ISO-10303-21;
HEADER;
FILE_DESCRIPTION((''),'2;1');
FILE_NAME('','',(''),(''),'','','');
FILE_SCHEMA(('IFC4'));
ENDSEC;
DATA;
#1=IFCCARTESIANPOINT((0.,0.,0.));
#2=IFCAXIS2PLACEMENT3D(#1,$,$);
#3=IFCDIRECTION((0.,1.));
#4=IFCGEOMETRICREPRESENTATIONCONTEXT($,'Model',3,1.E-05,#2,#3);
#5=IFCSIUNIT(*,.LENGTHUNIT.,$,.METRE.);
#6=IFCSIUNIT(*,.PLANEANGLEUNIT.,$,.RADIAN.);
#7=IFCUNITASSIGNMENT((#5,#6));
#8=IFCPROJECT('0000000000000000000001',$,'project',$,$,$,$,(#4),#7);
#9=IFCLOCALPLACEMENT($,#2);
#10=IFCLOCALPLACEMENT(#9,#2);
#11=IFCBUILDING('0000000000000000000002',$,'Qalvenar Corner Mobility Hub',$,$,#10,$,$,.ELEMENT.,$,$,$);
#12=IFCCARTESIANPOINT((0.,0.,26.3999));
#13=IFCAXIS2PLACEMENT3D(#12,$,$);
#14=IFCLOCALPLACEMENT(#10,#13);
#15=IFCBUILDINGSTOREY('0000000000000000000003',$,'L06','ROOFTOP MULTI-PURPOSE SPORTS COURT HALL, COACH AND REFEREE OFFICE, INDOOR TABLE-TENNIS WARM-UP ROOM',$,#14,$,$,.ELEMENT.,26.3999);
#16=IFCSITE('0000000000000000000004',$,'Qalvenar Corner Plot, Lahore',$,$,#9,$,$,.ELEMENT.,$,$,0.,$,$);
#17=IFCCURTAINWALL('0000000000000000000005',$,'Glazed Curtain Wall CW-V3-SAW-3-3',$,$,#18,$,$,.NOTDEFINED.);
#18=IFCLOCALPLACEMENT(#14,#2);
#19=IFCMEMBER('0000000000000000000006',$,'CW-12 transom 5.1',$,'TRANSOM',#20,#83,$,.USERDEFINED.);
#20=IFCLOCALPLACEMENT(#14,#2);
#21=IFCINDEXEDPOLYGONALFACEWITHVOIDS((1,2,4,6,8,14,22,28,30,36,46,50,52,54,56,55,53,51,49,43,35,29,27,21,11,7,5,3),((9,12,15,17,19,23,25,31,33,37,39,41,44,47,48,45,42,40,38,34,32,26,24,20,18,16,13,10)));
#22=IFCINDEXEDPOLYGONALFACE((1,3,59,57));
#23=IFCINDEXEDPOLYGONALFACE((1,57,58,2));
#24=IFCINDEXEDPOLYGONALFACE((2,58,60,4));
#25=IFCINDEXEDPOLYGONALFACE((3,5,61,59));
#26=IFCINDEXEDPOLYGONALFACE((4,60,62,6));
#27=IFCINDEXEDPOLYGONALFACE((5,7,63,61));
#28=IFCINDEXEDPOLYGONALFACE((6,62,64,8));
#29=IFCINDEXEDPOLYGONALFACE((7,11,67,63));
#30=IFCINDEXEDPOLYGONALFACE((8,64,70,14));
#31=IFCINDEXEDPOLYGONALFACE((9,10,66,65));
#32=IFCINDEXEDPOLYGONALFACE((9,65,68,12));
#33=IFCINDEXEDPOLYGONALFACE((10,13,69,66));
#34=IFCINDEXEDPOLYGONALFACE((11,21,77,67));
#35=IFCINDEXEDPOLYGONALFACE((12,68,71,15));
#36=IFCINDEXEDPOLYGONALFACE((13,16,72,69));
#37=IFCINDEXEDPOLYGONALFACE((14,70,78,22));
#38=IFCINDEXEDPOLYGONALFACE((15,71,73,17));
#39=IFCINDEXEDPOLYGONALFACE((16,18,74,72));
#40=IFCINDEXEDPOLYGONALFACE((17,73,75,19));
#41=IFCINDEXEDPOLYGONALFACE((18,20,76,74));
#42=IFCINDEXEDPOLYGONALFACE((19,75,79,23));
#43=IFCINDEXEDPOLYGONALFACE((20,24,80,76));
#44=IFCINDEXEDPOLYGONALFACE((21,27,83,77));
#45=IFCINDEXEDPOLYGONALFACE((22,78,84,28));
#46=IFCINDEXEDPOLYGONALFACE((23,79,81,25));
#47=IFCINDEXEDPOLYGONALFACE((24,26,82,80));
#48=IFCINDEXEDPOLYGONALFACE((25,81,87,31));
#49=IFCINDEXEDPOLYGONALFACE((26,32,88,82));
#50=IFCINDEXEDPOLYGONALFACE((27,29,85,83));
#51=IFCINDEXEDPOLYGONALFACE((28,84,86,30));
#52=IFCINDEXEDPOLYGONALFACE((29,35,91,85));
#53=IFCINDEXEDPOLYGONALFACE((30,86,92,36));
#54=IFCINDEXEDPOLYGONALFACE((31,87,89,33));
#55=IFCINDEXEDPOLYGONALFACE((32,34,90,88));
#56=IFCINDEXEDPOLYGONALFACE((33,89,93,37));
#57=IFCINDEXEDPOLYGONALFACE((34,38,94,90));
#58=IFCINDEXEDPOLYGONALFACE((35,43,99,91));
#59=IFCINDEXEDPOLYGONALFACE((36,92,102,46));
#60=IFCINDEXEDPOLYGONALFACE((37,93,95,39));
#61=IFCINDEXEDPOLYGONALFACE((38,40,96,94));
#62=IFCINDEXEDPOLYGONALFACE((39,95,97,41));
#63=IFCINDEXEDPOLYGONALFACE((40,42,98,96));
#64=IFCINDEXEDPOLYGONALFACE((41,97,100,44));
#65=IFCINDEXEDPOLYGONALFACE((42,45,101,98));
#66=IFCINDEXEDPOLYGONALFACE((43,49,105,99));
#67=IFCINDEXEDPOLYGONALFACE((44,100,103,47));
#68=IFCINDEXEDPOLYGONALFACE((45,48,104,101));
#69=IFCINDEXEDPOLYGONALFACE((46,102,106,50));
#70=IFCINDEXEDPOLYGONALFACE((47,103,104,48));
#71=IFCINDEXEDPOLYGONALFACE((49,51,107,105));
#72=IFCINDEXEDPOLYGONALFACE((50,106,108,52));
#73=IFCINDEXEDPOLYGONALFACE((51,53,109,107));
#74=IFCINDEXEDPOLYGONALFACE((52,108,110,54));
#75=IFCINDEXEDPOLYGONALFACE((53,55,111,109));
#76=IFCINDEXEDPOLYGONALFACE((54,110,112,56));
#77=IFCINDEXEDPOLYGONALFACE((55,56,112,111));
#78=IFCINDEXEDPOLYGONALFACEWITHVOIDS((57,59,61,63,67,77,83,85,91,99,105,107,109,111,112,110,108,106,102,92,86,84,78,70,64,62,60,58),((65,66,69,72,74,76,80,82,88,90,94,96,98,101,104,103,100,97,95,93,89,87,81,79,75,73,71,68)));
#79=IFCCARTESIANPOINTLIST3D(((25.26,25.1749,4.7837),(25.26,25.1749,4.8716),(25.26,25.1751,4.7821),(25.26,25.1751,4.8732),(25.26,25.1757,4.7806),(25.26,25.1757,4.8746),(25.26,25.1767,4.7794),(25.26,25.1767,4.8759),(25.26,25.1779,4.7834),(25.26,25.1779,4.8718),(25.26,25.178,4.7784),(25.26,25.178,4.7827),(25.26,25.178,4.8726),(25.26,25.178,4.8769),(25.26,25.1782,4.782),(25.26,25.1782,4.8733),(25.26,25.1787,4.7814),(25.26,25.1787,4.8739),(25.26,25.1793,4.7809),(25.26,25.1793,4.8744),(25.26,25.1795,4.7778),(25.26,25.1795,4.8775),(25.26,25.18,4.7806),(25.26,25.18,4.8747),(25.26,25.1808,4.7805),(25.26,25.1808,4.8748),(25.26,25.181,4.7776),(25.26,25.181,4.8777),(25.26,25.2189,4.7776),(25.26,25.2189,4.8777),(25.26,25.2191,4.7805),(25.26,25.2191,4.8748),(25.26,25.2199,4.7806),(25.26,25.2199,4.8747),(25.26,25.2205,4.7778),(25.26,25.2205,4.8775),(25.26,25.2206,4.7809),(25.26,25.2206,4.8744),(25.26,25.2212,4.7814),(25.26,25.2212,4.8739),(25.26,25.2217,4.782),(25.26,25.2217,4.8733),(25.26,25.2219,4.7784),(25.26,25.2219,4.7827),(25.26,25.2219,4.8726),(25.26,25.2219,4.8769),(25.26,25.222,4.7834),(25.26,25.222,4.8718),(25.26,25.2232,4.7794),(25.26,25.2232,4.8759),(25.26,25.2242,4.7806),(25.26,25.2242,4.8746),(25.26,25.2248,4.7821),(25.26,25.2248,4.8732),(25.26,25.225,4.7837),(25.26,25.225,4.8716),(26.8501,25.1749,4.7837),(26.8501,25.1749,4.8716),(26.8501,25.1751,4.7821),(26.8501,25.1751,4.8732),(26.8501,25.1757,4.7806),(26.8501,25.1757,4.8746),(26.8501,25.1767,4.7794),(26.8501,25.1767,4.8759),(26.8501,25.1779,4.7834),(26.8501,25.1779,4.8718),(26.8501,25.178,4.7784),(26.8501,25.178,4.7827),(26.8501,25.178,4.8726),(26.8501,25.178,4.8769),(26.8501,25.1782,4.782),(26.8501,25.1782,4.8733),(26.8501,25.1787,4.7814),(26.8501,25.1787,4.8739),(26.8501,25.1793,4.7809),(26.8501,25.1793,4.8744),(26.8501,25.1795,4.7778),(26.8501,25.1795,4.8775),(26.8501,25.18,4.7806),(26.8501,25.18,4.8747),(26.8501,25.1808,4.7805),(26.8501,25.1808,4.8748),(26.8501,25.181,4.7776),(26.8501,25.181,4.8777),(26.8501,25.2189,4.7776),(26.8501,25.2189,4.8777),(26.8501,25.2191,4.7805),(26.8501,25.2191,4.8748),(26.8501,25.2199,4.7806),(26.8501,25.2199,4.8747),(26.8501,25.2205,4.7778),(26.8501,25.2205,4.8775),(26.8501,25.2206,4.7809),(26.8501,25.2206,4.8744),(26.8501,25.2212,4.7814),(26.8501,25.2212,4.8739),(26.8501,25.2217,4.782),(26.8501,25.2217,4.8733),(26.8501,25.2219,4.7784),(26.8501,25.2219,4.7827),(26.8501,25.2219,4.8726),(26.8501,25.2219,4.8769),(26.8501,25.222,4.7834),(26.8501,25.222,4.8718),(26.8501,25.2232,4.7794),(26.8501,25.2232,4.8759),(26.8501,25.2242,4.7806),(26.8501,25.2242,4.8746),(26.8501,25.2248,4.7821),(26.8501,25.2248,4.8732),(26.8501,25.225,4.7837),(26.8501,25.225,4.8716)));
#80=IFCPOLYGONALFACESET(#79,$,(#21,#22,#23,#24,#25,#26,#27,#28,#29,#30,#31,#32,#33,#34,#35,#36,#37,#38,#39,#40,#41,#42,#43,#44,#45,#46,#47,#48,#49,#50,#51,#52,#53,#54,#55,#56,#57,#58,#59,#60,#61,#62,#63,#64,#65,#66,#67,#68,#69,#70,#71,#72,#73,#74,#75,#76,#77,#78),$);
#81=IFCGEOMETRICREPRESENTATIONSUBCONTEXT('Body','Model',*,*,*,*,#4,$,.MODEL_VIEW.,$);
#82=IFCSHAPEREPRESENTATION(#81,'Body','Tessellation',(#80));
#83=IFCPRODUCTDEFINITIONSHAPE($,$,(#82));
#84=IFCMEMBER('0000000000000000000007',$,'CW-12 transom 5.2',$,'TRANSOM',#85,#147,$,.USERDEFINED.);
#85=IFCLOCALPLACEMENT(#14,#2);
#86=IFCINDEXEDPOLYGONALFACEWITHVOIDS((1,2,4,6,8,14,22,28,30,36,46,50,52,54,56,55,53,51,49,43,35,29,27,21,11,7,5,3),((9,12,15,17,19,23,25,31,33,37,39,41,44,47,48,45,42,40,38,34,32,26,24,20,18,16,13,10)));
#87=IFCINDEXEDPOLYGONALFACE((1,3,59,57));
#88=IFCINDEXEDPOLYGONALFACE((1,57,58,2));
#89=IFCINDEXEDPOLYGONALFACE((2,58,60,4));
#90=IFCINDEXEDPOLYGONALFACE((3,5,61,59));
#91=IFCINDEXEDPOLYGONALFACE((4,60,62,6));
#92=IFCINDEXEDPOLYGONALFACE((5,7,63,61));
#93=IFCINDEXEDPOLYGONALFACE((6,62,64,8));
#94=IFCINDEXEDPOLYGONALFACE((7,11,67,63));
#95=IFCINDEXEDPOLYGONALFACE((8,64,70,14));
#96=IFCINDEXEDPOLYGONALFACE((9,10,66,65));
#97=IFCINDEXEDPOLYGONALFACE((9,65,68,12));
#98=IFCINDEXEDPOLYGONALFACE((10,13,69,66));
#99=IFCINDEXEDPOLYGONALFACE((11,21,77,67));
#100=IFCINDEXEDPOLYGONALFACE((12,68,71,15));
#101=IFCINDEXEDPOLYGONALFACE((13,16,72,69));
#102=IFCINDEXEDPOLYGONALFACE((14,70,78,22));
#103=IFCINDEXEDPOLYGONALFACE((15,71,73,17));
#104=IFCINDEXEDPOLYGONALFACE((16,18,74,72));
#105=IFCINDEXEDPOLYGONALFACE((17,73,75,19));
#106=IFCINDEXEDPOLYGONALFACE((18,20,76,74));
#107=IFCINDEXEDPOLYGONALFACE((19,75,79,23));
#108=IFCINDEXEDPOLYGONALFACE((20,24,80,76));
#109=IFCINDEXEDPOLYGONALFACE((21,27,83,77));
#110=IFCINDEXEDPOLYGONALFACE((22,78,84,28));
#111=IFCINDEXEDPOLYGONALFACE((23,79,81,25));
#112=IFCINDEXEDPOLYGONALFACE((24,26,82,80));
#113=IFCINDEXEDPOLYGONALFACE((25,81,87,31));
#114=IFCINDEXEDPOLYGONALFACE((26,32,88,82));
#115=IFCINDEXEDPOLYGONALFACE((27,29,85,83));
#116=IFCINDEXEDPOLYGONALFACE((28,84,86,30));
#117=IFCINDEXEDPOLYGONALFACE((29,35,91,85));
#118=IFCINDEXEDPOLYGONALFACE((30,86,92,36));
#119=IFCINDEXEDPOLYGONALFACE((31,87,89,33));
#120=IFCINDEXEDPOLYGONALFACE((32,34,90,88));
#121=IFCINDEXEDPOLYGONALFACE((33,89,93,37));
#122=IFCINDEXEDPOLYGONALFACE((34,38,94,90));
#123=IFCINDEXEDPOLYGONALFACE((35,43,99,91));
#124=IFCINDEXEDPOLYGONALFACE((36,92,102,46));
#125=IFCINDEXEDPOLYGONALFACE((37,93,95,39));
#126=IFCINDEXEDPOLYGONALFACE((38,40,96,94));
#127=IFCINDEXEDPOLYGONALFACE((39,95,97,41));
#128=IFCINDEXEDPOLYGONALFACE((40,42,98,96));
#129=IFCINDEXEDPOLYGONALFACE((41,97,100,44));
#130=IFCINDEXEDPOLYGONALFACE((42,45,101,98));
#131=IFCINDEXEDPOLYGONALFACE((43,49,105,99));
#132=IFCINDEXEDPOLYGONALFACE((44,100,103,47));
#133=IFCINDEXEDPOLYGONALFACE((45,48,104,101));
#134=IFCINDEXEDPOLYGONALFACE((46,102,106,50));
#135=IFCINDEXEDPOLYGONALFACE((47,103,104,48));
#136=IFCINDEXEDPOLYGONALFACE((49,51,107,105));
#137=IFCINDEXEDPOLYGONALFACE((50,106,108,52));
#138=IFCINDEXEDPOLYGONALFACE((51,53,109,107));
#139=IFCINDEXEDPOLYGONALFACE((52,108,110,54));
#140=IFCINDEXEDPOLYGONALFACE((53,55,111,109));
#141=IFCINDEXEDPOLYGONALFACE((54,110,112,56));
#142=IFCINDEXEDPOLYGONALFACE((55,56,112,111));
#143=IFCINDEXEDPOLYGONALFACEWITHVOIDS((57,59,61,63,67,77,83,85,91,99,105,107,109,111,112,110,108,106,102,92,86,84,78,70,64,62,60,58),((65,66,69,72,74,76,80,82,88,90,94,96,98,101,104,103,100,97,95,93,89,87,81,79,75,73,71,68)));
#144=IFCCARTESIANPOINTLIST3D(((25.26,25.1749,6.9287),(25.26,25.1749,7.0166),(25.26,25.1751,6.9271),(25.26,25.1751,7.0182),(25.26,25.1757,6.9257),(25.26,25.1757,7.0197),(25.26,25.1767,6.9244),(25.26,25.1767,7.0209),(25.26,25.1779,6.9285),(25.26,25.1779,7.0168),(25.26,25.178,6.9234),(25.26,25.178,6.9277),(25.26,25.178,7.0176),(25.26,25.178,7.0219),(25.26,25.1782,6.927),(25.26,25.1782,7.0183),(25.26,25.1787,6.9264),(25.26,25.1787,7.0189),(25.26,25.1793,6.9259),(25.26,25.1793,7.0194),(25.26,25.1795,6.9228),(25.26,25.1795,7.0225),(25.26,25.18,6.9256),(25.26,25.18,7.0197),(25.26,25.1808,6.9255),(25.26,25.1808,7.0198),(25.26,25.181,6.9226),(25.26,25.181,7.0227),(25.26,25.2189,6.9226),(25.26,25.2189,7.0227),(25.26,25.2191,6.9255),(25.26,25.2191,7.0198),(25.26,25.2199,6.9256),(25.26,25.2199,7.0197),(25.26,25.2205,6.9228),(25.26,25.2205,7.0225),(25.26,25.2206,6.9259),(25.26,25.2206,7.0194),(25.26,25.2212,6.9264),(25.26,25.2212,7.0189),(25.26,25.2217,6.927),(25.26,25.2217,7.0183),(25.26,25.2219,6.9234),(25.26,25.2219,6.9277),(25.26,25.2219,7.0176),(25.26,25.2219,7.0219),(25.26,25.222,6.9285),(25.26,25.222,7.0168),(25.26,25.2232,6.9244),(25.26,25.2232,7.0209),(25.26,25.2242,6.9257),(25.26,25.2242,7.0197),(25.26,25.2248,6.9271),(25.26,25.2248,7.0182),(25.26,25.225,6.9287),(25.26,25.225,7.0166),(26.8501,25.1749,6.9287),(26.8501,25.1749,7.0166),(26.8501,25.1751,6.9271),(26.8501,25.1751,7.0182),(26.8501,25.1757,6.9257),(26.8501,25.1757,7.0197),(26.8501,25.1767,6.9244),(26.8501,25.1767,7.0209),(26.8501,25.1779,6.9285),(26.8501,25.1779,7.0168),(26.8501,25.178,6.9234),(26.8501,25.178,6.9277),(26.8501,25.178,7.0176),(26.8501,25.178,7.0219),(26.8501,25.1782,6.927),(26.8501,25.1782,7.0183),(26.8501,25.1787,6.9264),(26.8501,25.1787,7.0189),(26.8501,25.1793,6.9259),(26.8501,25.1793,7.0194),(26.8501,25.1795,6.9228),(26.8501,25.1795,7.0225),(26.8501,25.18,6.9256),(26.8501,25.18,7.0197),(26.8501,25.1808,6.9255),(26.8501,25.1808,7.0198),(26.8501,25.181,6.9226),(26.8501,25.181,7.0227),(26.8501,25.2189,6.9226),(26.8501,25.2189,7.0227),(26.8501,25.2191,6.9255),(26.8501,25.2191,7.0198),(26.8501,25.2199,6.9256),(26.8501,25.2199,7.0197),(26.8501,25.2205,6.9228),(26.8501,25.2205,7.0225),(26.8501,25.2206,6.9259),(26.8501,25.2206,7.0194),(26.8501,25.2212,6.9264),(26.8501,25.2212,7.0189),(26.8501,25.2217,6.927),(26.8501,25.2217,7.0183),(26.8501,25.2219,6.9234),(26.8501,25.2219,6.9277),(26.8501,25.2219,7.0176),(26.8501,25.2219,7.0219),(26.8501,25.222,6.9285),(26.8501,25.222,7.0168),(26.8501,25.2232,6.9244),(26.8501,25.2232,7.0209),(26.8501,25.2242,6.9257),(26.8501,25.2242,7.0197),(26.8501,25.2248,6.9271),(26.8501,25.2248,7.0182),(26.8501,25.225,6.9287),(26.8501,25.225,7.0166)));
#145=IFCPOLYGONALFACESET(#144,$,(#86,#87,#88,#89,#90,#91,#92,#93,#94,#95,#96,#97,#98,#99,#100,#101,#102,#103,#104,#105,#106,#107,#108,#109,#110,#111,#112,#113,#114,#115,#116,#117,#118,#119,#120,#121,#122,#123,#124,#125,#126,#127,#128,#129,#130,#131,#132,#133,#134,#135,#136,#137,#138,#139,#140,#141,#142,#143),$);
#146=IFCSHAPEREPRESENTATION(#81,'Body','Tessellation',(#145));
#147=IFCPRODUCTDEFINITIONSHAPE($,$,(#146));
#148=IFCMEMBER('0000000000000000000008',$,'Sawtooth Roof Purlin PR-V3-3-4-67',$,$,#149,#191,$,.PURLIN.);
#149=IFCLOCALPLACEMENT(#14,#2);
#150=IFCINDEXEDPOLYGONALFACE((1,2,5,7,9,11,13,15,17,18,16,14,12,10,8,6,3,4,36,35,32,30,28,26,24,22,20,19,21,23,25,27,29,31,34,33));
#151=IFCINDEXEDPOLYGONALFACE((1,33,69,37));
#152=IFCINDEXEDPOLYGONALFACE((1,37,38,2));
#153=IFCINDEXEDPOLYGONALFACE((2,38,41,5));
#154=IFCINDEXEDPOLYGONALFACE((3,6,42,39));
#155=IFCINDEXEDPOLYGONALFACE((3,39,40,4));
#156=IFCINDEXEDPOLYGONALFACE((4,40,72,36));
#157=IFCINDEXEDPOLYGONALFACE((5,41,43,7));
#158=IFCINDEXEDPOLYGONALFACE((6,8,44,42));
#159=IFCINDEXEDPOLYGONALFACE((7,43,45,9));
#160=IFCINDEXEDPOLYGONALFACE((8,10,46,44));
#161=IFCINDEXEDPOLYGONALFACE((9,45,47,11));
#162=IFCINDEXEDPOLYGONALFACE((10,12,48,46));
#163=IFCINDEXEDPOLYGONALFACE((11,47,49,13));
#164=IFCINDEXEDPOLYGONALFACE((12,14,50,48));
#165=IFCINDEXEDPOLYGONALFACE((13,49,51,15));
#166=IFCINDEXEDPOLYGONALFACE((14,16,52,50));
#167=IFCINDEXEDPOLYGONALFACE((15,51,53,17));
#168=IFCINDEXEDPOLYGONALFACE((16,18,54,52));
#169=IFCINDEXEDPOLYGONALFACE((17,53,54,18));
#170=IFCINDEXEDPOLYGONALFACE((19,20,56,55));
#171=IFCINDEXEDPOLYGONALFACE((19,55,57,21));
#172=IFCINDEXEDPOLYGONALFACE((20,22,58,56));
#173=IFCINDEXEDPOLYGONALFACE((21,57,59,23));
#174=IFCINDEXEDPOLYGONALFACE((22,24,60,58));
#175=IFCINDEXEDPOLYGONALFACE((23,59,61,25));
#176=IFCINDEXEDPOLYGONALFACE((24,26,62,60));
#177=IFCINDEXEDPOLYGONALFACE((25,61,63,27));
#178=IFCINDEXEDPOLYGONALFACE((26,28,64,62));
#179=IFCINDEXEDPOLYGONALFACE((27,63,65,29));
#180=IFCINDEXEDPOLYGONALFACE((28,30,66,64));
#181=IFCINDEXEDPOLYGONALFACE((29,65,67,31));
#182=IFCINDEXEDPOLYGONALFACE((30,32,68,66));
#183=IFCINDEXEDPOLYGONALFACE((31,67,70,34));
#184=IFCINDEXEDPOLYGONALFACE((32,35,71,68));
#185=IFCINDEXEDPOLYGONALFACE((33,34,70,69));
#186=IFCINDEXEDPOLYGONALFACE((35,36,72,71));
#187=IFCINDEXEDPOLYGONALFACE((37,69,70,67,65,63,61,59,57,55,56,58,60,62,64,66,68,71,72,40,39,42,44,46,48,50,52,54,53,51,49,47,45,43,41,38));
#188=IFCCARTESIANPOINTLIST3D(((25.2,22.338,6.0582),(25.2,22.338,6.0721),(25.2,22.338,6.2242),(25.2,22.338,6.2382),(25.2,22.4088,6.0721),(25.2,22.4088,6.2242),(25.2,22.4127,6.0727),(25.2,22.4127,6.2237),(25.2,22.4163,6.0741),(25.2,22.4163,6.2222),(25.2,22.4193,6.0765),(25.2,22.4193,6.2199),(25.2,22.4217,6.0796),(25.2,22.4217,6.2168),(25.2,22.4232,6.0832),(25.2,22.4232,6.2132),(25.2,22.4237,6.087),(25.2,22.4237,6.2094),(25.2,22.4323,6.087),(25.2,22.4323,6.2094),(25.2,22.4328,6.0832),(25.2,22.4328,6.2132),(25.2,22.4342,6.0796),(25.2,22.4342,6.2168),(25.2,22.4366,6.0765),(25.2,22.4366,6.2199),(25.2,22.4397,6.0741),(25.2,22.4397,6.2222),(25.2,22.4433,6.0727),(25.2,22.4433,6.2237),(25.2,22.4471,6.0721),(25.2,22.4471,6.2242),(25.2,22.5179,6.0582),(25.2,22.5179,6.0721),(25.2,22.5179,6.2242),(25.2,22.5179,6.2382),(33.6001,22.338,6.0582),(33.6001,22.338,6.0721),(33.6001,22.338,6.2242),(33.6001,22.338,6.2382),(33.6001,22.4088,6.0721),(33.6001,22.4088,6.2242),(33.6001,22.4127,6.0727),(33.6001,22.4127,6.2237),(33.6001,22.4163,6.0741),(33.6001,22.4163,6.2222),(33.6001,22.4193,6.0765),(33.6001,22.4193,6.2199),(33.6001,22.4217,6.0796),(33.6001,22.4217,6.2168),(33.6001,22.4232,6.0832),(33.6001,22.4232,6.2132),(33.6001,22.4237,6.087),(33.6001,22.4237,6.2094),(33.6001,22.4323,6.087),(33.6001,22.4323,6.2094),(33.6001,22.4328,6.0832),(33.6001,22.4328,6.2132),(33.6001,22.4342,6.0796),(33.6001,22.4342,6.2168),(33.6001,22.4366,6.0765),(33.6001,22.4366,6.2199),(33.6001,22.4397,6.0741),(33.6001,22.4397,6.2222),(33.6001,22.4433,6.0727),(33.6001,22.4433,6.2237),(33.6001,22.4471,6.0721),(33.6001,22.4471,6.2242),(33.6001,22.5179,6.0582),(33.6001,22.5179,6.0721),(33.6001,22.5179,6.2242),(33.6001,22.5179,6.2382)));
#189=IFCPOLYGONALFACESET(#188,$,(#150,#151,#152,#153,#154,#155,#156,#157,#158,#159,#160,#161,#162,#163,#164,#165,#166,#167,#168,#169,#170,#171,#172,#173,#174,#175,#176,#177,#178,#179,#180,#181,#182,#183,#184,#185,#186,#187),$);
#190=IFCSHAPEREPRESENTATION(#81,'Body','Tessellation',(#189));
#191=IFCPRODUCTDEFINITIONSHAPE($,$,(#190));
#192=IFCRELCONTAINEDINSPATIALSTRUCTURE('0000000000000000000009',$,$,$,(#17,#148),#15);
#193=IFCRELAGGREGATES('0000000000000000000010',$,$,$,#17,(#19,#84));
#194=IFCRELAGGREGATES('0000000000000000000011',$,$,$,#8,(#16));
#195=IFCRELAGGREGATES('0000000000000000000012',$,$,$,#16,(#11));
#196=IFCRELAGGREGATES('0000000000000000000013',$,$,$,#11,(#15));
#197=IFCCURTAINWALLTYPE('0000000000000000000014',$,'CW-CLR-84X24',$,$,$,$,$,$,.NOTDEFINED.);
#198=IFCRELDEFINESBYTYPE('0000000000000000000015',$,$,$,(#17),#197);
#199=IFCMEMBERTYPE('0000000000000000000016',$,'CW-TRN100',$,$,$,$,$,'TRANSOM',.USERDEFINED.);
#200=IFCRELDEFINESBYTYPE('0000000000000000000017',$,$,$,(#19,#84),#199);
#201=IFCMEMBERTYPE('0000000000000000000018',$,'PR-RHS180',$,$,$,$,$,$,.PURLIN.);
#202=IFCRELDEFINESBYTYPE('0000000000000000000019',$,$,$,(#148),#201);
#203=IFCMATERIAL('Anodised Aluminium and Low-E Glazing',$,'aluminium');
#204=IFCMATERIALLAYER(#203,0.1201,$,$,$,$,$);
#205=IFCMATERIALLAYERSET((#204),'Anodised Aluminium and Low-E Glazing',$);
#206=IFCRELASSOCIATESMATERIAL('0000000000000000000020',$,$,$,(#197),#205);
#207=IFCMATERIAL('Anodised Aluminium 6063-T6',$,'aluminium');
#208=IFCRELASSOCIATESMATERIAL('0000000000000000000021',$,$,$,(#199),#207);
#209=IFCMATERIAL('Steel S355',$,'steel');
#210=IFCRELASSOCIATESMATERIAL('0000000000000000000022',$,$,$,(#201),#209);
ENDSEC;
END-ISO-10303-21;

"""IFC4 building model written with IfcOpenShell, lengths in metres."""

from ifc_helpers import new_model, si_unit, direction, frame, origin, origin_2d, place, context, subcontext, project, spatial, hollow_rectangle, i_section, extrude, material, layer, layer_set, material_profile, profile_set, type_object, element, aggregate, save


model = new_model("IFC4")

# Units and contexts
model_context = context("Model", 3, precision=1e-05, world=origin(), true_north=direction((0.0, 1.0)))
body_context = subcontext(model_context, "Body", "Model", "MODEL_VIEW")
ifc_project = project(units=[si_unit("LENGTHUNIT", "METRE"), si_unit("PLANEANGLEUNIT", "RADIAN")], contexts=[model_context])

# Site, building, storey
site_placement = place(None, origin())
site = spatial("IfcSite", under=ifc_project, at=site_placement, Name="Qalvenar Corner Plot, Lahore", CompositionType="ELEMENT", RefElevation=0.0)
building_placement = place(site_placement, origin())
building = spatial("IfcBuilding", under=site, at=building_placement, Name="Qalvenar Corner Mobility Hub", CompositionType="ELEMENT")
storey_placement = place(building_placement, frame((0.0, 0.0, 26.3999)))
storey = spatial("IfcBuildingStorey", under=building, at=storey_placement, Name="L06", Description="ROOFTOP MULTI-PURPOSE SPORTS COURT HALL, COACH AND REFEREE OFFICE, INDOOR TABLE-TENNIS WARM-UP ROOM", CompositionType="ELEMENT", Elevation=26.3999)

# Shared definitions
ifc_material_1 = material(Name="Steel S355", Category="steel")

# Curtain wall
ifc_material_2 = material(Name="Anodised Aluminium and Low-E Glazing", Category="aluminium")
ifc_layer_1 = layer(ifc_material_2, 0.1201)
ifc_layer_set_1 = layer_set([ifc_layer_1], Name="Anodised Aluminium and Low-E Glazing")
curtain_wall_type = type_object("IfcCurtainWallType", Name="CW-CLR-84X24", PredefinedType="NOTDEFINED", material=ifc_layer_set_1)
ifc_material_3 = material(Name="Anodised Aluminium 6063-T6", Category="aluminium")
curtain_wall_1_placement = place(storey_placement, origin())
curtain_wall_1 = element("IfcCurtainWall", 1, at=curtain_wall_1_placement, inside=storey, type_object=curtain_wall_type, Name="Glazed Curtain Wall CW-V3-SAW-3-3", PredefinedType="NOTDEFINED")

# Members
ifc_material_profile_1 = material_profile(ifc_material_3, hollow_rectangle(XDim=0.05, YDim=0.1001, WallThickness=0.0029, InnerFilletRadius=0.0029, OuterFilletRadius=0.0061, at=origin_2d()), Name="RHS100x50x3")
ifc_profile_set_1 = profile_set([ifc_material_profile_1], Name="Anodised Aluminium 6063-T6")
member_type_1 = type_object("IfcMemberType", Name="CW-TRN100", ElementType="TRANSOM", PredefinedType="USERDEFINED", material=ifc_profile_set_1)
member_1_placement = place(storey_placement, frame((26.8501, 25.2, 4.8276), z_axis=(-1.0, 0.0, 0.0), x_axis=(0.0, -1.0, 0.0)))
member_1 = element("IfcMember", 2, at=member_1_placement, type_object=member_type_1, Name="CW-12 transom 5.1", ObjectType="TRANSOM", PredefinedType="USERDEFINED", context=body_context, shape_type="SweptSolid", body=[
    extrude(hollow_rectangle(XDim=0.05, YDim=0.1001, WallThickness=0.0029, InnerFilletRadius=0.0029, OuterFilletRadius=0.0061, at=origin_2d()), origin(), (0.0, 0.0, 1.0), 1.5901),
])
member_2_placement = place(storey_placement, frame((26.8501, 25.2, 6.9727), z_axis=(-1.0, 0.0, 0.0), x_axis=(0.0, -1.0, 0.0)))
member_2 = element("IfcMember", 3, at=member_2_placement, type_object=member_type_1, Name="CW-12 transom 5.2", ObjectType="TRANSOM", PredefinedType="USERDEFINED", context=body_context, shape_type="SweptSolid", body=[
    extrude(hollow_rectangle(XDim=0.05, YDim=0.1001, WallThickness=0.0029, InnerFilletRadius=0.0029, OuterFilletRadius=0.0061, at=origin_2d()), origin(), (0.0, 0.0, 1.0), 1.5901),
])

# Member
ifc_material_profile_2 = material_profile(ifc_material_1, i_section(OverallWidth=0.1799, OverallDepth=0.1799, WebThickness=0.0085, FlangeThickness=0.0139, FilletRadius=0.0149, at=origin_2d()), Name="HEB180")
ifc_profile_set_2 = profile_set([ifc_material_profile_2], Name="Steel S355")
member_type_2 = type_object("IfcMemberType", Name="PR-RHS180", PredefinedType="PURLIN", material=ifc_profile_set_2)
member_3_placement = place(storey_placement, frame((25.2, 22.428, 6.1482), z_axis=(1.0, 0.0, 0.0), x_axis=(0.0, 1.0, 0.0)))
element("IfcMember", 4, at=member_3_placement, inside=storey, type_object=member_type_2, Name="Sawtooth Roof Purlin PR-V3-3-4-67", PredefinedType="PURLIN", context=body_context, shape_type="SweptSolid", body=[
    extrude(i_section(OverallWidth=0.1799, OverallDepth=0.1799, WebThickness=0.0085, FlangeThickness=0.0139, FilletRadius=0.0149, at=origin_2d()), origin(), (0.0, 0.0, 1.0), 8.4001),
])

aggregate(curtain_wall_1, [member_1, member_2])

save(model, "model.ifc")
